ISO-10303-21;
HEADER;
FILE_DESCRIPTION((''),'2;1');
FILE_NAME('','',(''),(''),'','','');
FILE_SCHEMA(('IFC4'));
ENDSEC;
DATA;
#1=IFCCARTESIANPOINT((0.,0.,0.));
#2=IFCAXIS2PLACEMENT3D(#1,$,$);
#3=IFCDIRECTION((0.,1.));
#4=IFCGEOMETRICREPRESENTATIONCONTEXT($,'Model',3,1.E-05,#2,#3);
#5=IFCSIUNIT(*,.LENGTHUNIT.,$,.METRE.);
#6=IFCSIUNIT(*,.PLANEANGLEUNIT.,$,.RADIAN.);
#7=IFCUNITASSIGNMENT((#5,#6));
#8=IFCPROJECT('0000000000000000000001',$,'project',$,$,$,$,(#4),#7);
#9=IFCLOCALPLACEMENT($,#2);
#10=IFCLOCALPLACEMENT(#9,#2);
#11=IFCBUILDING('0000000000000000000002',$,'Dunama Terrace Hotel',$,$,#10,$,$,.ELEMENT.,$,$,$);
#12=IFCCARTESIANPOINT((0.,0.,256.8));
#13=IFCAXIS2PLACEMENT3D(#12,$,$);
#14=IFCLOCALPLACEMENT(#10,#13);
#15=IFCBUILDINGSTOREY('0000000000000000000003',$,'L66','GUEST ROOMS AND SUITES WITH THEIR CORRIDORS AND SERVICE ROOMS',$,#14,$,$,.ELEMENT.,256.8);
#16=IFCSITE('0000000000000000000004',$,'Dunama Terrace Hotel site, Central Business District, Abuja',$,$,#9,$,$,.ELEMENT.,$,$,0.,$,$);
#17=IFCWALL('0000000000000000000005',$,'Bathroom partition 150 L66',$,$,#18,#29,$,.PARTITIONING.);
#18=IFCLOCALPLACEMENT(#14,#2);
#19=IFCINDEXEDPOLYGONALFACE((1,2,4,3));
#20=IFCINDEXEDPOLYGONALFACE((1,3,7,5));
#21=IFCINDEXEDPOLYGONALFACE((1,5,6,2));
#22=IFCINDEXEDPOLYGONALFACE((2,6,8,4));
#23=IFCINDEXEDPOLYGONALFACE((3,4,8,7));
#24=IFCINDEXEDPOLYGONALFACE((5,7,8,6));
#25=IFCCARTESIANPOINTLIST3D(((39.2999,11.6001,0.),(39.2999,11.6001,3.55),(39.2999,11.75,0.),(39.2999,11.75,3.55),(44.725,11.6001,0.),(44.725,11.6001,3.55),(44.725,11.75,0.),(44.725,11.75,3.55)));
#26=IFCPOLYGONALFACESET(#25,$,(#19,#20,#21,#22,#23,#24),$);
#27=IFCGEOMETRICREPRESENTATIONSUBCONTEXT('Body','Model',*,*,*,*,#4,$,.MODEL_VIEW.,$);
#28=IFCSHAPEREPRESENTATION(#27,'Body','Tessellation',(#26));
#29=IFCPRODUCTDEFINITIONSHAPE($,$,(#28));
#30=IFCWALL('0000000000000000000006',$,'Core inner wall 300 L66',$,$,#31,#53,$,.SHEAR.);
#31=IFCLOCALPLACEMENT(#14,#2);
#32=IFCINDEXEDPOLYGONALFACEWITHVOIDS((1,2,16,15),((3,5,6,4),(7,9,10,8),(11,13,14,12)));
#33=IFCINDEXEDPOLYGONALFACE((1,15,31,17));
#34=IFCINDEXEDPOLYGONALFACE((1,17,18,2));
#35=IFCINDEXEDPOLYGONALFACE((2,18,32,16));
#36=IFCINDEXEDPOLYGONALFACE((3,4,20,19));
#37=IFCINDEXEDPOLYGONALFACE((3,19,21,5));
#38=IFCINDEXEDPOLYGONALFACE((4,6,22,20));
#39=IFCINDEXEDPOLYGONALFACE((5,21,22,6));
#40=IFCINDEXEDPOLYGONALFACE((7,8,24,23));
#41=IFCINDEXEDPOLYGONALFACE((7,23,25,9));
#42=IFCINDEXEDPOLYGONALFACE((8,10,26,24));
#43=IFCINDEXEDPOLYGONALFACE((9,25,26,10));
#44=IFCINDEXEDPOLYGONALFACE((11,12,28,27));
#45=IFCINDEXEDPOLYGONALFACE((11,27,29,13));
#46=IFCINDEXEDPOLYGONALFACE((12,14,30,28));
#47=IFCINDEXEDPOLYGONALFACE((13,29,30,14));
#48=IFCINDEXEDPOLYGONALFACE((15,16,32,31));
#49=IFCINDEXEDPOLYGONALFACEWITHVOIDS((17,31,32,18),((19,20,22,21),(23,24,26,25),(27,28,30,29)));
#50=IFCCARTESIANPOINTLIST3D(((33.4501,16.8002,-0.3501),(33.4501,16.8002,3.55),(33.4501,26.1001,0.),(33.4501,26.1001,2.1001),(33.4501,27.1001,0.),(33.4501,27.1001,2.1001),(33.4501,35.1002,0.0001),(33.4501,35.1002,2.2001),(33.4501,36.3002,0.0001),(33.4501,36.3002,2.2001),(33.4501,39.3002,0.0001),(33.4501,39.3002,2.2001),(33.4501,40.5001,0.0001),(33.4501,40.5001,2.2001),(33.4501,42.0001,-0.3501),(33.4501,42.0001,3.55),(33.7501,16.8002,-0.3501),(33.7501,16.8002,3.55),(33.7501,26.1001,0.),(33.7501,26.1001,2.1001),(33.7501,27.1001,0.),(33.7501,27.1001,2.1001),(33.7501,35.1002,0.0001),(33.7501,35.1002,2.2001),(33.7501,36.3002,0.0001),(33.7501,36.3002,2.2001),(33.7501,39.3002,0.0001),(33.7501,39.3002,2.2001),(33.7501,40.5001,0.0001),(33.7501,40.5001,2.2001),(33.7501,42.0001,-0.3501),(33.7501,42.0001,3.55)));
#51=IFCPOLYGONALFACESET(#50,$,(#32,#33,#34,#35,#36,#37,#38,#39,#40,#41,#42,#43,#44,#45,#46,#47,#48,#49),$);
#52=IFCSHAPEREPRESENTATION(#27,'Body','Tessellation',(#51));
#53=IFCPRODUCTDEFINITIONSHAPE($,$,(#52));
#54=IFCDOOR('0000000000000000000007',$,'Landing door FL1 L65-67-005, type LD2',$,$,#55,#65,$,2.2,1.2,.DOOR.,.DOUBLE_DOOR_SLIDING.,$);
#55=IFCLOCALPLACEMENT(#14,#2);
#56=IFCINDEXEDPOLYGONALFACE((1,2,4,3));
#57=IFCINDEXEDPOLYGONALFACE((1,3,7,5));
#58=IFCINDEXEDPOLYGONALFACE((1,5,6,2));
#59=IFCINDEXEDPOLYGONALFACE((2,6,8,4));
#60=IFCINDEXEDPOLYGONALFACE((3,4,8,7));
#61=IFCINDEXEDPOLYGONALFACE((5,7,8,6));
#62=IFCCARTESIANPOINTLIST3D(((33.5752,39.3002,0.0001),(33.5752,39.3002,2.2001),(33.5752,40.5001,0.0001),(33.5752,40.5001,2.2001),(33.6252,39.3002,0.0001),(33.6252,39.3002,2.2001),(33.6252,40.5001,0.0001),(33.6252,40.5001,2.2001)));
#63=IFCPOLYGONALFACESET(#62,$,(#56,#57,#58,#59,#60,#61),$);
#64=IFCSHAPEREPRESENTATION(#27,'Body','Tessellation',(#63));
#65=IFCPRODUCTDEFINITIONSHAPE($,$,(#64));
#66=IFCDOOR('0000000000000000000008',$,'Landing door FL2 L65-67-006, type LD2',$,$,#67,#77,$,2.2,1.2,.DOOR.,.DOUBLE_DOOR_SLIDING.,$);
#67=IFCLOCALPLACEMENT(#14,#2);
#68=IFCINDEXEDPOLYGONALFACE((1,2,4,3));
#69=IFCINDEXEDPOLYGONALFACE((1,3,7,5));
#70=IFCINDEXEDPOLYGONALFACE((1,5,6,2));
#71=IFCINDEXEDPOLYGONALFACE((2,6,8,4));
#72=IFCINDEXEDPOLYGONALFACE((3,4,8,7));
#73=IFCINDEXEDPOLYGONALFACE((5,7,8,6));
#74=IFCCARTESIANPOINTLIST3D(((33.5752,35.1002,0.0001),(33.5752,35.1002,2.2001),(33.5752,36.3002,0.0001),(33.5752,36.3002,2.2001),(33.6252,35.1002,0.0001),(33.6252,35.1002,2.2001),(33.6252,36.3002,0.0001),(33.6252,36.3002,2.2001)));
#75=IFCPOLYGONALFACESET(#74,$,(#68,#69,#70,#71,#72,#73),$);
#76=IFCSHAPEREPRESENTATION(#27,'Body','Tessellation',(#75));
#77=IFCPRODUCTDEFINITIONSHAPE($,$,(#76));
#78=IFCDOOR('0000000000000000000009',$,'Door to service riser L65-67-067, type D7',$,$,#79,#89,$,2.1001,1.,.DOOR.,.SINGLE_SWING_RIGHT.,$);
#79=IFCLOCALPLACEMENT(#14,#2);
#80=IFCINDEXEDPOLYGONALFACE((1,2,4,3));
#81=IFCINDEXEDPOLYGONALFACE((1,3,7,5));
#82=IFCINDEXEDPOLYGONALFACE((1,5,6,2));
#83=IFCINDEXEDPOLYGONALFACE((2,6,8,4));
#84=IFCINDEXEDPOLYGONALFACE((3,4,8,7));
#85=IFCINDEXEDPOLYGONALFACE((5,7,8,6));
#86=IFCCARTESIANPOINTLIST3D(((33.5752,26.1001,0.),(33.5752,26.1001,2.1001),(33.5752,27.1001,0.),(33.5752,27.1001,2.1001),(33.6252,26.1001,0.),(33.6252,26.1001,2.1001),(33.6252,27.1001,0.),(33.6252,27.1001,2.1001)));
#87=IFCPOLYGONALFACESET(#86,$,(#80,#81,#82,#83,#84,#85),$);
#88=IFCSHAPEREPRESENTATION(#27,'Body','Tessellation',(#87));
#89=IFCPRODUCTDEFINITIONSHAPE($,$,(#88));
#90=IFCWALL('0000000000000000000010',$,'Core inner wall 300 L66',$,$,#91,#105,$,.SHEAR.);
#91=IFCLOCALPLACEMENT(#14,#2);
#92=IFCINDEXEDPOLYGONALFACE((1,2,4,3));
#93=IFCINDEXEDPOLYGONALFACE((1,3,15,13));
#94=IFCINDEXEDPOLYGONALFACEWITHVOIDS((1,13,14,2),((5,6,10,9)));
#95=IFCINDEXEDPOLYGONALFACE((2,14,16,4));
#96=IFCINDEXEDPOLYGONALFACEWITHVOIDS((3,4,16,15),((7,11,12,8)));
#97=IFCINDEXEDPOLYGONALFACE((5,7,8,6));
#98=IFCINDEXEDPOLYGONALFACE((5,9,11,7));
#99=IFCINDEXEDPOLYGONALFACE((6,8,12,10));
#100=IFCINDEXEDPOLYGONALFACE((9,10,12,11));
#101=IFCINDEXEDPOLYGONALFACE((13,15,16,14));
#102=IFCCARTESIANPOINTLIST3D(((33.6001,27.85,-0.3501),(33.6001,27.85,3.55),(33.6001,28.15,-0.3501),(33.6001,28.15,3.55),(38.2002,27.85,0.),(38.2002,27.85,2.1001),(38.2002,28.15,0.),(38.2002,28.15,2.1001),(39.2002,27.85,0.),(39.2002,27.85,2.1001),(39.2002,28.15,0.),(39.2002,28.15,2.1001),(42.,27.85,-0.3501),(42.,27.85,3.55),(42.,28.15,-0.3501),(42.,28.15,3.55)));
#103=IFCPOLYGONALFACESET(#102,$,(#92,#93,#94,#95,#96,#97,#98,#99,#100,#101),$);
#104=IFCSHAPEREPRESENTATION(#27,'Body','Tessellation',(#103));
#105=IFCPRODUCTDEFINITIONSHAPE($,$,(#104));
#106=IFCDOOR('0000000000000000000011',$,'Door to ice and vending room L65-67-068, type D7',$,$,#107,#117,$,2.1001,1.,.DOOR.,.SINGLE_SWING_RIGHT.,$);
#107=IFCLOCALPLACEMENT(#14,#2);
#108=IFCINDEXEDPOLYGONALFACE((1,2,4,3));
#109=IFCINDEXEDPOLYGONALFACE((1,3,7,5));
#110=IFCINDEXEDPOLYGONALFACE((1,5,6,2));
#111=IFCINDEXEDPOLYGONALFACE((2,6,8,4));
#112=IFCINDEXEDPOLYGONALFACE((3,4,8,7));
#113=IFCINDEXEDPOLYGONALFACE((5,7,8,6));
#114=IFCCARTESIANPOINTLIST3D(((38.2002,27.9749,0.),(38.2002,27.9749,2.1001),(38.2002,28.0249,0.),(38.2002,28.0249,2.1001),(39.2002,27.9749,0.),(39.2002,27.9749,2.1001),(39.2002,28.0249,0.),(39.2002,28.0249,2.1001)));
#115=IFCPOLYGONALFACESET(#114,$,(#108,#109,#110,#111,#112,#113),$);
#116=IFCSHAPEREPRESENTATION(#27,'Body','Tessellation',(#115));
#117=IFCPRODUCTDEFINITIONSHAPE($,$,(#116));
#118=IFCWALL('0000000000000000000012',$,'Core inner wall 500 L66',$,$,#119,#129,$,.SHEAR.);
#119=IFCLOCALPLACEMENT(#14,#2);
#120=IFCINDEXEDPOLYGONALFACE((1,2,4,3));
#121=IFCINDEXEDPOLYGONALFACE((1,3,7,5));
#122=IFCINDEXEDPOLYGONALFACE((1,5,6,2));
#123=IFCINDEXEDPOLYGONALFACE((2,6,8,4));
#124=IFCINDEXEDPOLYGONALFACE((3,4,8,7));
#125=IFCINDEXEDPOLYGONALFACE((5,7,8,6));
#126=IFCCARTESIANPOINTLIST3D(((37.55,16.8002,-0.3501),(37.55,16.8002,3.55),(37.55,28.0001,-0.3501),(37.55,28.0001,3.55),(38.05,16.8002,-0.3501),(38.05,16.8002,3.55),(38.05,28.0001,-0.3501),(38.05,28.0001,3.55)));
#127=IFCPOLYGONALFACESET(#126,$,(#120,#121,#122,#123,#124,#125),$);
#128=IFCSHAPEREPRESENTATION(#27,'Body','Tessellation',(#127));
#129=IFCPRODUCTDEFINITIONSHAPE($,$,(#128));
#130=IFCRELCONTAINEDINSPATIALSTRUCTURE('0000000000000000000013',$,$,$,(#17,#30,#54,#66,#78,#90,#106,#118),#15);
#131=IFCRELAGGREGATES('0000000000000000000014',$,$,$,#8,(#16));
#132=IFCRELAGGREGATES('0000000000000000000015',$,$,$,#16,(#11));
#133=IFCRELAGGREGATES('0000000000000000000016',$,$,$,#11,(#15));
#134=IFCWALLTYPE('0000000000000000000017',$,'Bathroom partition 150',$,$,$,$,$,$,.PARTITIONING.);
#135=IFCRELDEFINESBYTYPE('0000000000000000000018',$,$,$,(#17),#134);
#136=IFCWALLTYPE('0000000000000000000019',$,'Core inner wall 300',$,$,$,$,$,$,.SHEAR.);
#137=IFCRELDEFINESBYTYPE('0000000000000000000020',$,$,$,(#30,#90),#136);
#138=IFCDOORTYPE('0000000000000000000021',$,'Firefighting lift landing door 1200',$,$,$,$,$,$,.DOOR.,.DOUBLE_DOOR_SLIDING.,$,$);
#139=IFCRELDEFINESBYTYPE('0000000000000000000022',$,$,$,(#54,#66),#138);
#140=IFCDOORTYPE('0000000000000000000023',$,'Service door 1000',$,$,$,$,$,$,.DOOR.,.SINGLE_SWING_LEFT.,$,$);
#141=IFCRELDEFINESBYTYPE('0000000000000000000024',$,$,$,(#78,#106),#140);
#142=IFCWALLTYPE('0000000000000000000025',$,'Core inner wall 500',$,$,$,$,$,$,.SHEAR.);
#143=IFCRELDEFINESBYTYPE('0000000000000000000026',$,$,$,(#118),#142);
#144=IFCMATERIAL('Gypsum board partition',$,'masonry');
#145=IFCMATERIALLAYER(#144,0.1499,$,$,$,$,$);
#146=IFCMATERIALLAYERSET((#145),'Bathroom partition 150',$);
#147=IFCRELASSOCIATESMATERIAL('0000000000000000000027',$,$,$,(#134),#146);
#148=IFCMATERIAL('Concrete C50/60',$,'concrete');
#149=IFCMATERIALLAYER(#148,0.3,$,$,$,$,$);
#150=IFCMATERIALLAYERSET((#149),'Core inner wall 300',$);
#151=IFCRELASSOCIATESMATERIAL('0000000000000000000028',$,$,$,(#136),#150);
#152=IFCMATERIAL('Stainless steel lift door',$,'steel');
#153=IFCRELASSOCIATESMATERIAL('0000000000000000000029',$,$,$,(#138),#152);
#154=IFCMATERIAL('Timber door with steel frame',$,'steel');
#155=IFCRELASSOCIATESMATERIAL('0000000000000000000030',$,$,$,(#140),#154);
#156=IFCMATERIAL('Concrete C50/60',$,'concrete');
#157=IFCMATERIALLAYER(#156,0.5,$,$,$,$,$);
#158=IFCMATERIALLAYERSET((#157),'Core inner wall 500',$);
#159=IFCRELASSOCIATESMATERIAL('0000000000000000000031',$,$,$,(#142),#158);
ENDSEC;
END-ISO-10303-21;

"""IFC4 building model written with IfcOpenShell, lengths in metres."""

from ifc_helpers import new_model, si_unit, direction, frame, frame_2d, origin, place, context, subcontext, project, spatial, rectangle, extrude, material, layer, layer_set, type_object, element, fill, save


model = new_model("IFC4")

# Units and contexts
model_context = context("Model", 3, precision=1e-05, world=origin(), true_north=direction((0.0, 1.0)))
body_context = subcontext(model_context, "Body", "Model", "MODEL_VIEW")
ifc_project = project(units=[si_unit("LENGTHUNIT", "METRE"), si_unit("PLANEANGLEUNIT", "RADIAN")], contexts=[model_context])

# Site, building, storey
site_placement = place(None, origin())
site = spatial("IfcSite", under=ifc_project, at=site_placement, Name="Dunama Terrace Hotel site, Central Business District, Abuja", CompositionType="ELEMENT", RefElevation=0.0)
building_placement = place(site_placement, origin())
building = spatial("IfcBuilding", under=site, at=building_placement, Name="Dunama Terrace Hotel", CompositionType="ELEMENT")
storey_placement = place(building_placement, frame((0.0, 0.0, 256.8)))
storey = spatial("IfcBuildingStorey", under=building, at=storey_placement, Name="L66", Description="GUEST ROOMS AND SUITES WITH THEIR CORRIDORS AND SERVICE ROOMS", CompositionType="ELEMENT", Elevation=256.8)

# Wall
ifc_material_1 = material(Name="Gypsum board partition", Category="masonry")
ifc_layer_1 = layer(ifc_material_1, 0.1499)
ifc_layer_set_1 = layer_set([ifc_layer_1], Name="Bathroom partition 150")
wall_type_1 = type_object("IfcWallType", Name="Bathroom partition 150", PredefinedType="PARTITIONING", material=ifc_layer_set_1)
wall_1_placement = place(storey_placement, frame((39.3, 11.675, 0.0), z_axis=(0.0, 0.0, 1.0), x_axis=(1.0, 0.0, 0.0)))
element("IfcWall", 1, at=wall_1_placement, inside=storey, type_object=wall_type_1, Name="Bathroom partition 150 L66", PredefinedType="PARTITIONING", context=body_context, shape_type="SweptSolid", body=[
    extrude(rectangle(XDim=5.425, YDim=0.1499, at=frame_2d((2.7124, 0.0))), origin(), (0.0, 0.0, 1.0), 3.55),
])

# Wall, openings, doors
ifc_material_2 = material(Name="Concrete C50/60", Category="concrete")
ifc_layer_2 = layer(ifc_material_2, 0.3)
ifc_layer_set_2 = layer_set([ifc_layer_2], Name="Core inner wall 300")
wall_type_2 = type_object("IfcWallType", Name="Core inner wall 300", PredefinedType="SHEAR", material=ifc_layer_set_2)
wall_2_placement = place(storey_placement, frame((33.6001, 16.8, -0.3501), z_axis=(0.0, 0.0, 1.0), x_axis=(0.0, 1.0, 0.0)))
wall_2 = element("IfcWall", 2, at=wall_2_placement, inside=storey, type_object=wall_type_2, Name="Core inner wall 300 L66", PredefinedType="SHEAR", context=body_context, shape_type="SweptSolid", body=[
    extrude(rectangle(XDim=25.2, YDim=0.3, at=frame_2d((12.6001, 0.0))), origin(), (0.0, 0.0, 1.0), 3.9001),
])
opening_1_placement = place(wall_2_placement, frame((22.5, 0.0, 0.3501)))
opening_1 = element("IfcOpeningElement", 3, at=opening_1_placement, cuts=wall_2, PredefinedType="OPENING", context=body_context, shape_type="SweptSolid", body=[
    extrude(rectangle(XDim=1.2, YDim=2.2, at=frame_2d((0.6001, 1.1001))), frame((0.0, 0.1599, 0.0), z_axis=(0.0, -1.0, 0.0), x_axis=(1.0, 0.0, 0.0)), (0.0, 0.0, 1.0), 0.3201),
])
opening_2_placement = place(wall_2_placement, frame((18.3, 0.0, 0.3501)))
opening_2 = element("IfcOpeningElement", 4, at=opening_2_placement, cuts=wall_2, PredefinedType="OPENING", context=body_context, shape_type="SweptSolid", body=[
    extrude(rectangle(XDim=1.2, YDim=2.2, at=frame_2d((0.6001, 1.1001))), frame((0.0, 0.1599, 0.0), z_axis=(0.0, -1.0, 0.0), x_axis=(1.0, 0.0, 0.0)), (0.0, 0.0, 1.0), 0.3201),
])
opening_3_placement = place(wall_2_placement, frame((9.3, 0.0, 0.3501)))
opening_3 = element("IfcOpeningElement", 5, at=opening_3_placement, cuts=wall_2, PredefinedType="OPENING", context=body_context, shape_type="SweptSolid", body=[
    extrude(rectangle(XDim=1.0, YDim=2.1001, at=frame_2d((0.5, 1.05))), frame((0.0, 0.1599, 0.0), z_axis=(0.0, -1.0, 0.0), x_axis=(1.0, 0.0, 0.0)), (0.0, 0.0, 1.0), 0.3201),
])
ifc_material_3 = material(Name="Stainless steel lift door", Category="steel")
door_type_1 = type_object("IfcDoorType", Name="Firefighting lift landing door 1200", OperationType="DOUBLE_DOOR_SLIDING", PredefinedType="DOOR", material=ifc_material_3)
door_1_placement = place(opening_1_placement, origin())
door_1 = element("IfcDoor", 6, at=door_1_placement, inside=storey, type_object=door_type_1, Name="Landing door FL1 L65-67-005, type LD2", OperationType="DOUBLE_DOOR_SLIDING", OverallHeight=2.2, OverallWidth=1.2, PredefinedType="DOOR", context=body_context, shape_type="SweptSolid", body=[
    extrude(rectangle(XDim=1.2, YDim=2.2, at=frame_2d((0.6001, 1.1001))), frame((0.0, 0.0249, 0.0), z_axis=(0.0, -1.0, 0.0), x_axis=(1.0, 0.0, 0.0)), (0.0, 0.0, 1.0), 0.05),
])
fill(opening_1, door_1)
door_2_placement = place(opening_2_placement, origin())
door_2 = element("IfcDoor", 7, at=door_2_placement, inside=storey, type_object=door_type_1, Name="Landing door FL2 L65-67-006, type LD2", OperationType="DOUBLE_DOOR_SLIDING", OverallHeight=2.2, OverallWidth=1.2, PredefinedType="DOOR", context=body_context, shape_type="SweptSolid", body=[
    extrude(rectangle(XDim=1.2, YDim=2.2, at=frame_2d((0.6001, 1.1001))), frame((0.0, 0.0249, 0.0), z_axis=(0.0, -1.0, 0.0), x_axis=(1.0, 0.0, 0.0)), (0.0, 0.0, 1.0), 0.05),
])
fill(opening_2, door_2)
ifc_material_4 = material(Name="Timber door with steel frame", Category="steel")
door_type_2 = type_object("IfcDoorType", Name="Service door 1000", OperationType="SINGLE_SWING_LEFT", PredefinedType="DOOR", material=ifc_material_4)
door_3_placement = place(opening_3_placement, frame((1.0, 0.0, 0.0), z_axis=(0.0, 0.0, 1.0), x_axis=(-1.0, 0.0, 0.0)))
door_3 = element("IfcDoor", 8, at=door_3_placement, inside=storey, type_object=door_type_2, Name="Door to service riser L65-67-067, type D7", OperationType="SINGLE_SWING_RIGHT", OverallHeight=2.1001, OverallWidth=1.0, PredefinedType="DOOR", context=body_context, shape_type="SweptSolid", body=[
    extrude(rectangle(XDim=1.0, YDim=2.1001, at=frame_2d((0.5, 1.05))), frame((0.0, 0.0251, 0.0), z_axis=(0.0, -1.0, 0.0), x_axis=(1.0, 0.0, 0.0)), (0.0, 0.0, 1.0), 0.05),
])
fill(opening_3, door_3)

# Wall, opening, door
wall_3_placement = place(storey_placement, frame((33.6001, 28.0, -0.3501), z_axis=(0.0, 0.0, 1.0), x_axis=(1.0, 0.0, 0.0)))
wall_3 = element("IfcWall", 9, at=wall_3_placement, inside=storey, type_object=wall_type_2, Name="Core inner wall 300 L66", PredefinedType="SHEAR", context=body_context, shape_type="SweptSolid", body=[
    extrude(rectangle(XDim=8.3999, YDim=0.3, at=frame_2d((4.2, 0.0))), origin(), (0.0, 0.0, 1.0), 3.9001),
])
opening_4_placement = place(wall_3_placement, frame((4.6001, 0.0, 0.3501)))
opening_4 = element("IfcOpeningElement", 10, at=opening_4_placement, cuts=wall_3, PredefinedType="OPENING", context=body_context, shape_type="SweptSolid", body=[
    extrude(rectangle(XDim=1.0, YDim=2.1001, at=frame_2d((0.5, 1.05))), frame((0.0, 0.1599, 0.0), z_axis=(0.0, -1.0, 0.0), x_axis=(1.0, 0.0, 0.0)), (0.0, 0.0, 1.0), 0.3201),
])
door_4_placement = place(opening_4_placement, frame((1.0, 0.0, 0.0), z_axis=(0.0, 0.0, 1.0), x_axis=(-1.0, 0.0, 0.0)))
door_4 = element("IfcDoor", 11, at=door_4_placement, inside=storey, type_object=door_type_2, Name="Door to ice and vending room L65-67-068, type D7", OperationType="SINGLE_SWING_RIGHT", OverallHeight=2.1001, OverallWidth=1.0, PredefinedType="DOOR", context=body_context, shape_type="SweptSolid", body=[
    extrude(rectangle(XDim=1.0, YDim=2.1001, at=frame_2d((0.5, 1.05))), frame((0.0, 0.0251, 0.0), z_axis=(0.0, -1.0, 0.0), x_axis=(1.0, 0.0, 0.0)), (0.0, 0.0, 1.0), 0.05),
])
fill(opening_4, door_4)

# Wall
ifc_material_5 = material(Name="Concrete C50/60", Category="concrete")
ifc_layer_3 = layer(ifc_material_5, 0.5)
ifc_layer_set_3 = layer_set([ifc_layer_3], Name="Core inner wall 500")
wall_type_3 = type_object("IfcWallType", Name="Core inner wall 500", PredefinedType="SHEAR", material=ifc_layer_set_3)
wall_4_placement = place(storey_placement, frame((37.8, 16.8, -0.3501), z_axis=(0.0, 0.0, 1.0), x_axis=(0.0, 1.0, 0.0)))
element("IfcWall", 12, at=wall_4_placement, inside=storey, type_object=wall_type_3, Name="Core inner wall 500 L66", PredefinedType="SHEAR", context=body_context, shape_type="SweptSolid", body=[
    extrude(rectangle(XDim=11.2, YDim=0.5, at=frame_2d((5.6001, 0.0))), origin(), (0.0, 0.0, 1.0), 3.9001),
])

save(model, "model.ifc")
